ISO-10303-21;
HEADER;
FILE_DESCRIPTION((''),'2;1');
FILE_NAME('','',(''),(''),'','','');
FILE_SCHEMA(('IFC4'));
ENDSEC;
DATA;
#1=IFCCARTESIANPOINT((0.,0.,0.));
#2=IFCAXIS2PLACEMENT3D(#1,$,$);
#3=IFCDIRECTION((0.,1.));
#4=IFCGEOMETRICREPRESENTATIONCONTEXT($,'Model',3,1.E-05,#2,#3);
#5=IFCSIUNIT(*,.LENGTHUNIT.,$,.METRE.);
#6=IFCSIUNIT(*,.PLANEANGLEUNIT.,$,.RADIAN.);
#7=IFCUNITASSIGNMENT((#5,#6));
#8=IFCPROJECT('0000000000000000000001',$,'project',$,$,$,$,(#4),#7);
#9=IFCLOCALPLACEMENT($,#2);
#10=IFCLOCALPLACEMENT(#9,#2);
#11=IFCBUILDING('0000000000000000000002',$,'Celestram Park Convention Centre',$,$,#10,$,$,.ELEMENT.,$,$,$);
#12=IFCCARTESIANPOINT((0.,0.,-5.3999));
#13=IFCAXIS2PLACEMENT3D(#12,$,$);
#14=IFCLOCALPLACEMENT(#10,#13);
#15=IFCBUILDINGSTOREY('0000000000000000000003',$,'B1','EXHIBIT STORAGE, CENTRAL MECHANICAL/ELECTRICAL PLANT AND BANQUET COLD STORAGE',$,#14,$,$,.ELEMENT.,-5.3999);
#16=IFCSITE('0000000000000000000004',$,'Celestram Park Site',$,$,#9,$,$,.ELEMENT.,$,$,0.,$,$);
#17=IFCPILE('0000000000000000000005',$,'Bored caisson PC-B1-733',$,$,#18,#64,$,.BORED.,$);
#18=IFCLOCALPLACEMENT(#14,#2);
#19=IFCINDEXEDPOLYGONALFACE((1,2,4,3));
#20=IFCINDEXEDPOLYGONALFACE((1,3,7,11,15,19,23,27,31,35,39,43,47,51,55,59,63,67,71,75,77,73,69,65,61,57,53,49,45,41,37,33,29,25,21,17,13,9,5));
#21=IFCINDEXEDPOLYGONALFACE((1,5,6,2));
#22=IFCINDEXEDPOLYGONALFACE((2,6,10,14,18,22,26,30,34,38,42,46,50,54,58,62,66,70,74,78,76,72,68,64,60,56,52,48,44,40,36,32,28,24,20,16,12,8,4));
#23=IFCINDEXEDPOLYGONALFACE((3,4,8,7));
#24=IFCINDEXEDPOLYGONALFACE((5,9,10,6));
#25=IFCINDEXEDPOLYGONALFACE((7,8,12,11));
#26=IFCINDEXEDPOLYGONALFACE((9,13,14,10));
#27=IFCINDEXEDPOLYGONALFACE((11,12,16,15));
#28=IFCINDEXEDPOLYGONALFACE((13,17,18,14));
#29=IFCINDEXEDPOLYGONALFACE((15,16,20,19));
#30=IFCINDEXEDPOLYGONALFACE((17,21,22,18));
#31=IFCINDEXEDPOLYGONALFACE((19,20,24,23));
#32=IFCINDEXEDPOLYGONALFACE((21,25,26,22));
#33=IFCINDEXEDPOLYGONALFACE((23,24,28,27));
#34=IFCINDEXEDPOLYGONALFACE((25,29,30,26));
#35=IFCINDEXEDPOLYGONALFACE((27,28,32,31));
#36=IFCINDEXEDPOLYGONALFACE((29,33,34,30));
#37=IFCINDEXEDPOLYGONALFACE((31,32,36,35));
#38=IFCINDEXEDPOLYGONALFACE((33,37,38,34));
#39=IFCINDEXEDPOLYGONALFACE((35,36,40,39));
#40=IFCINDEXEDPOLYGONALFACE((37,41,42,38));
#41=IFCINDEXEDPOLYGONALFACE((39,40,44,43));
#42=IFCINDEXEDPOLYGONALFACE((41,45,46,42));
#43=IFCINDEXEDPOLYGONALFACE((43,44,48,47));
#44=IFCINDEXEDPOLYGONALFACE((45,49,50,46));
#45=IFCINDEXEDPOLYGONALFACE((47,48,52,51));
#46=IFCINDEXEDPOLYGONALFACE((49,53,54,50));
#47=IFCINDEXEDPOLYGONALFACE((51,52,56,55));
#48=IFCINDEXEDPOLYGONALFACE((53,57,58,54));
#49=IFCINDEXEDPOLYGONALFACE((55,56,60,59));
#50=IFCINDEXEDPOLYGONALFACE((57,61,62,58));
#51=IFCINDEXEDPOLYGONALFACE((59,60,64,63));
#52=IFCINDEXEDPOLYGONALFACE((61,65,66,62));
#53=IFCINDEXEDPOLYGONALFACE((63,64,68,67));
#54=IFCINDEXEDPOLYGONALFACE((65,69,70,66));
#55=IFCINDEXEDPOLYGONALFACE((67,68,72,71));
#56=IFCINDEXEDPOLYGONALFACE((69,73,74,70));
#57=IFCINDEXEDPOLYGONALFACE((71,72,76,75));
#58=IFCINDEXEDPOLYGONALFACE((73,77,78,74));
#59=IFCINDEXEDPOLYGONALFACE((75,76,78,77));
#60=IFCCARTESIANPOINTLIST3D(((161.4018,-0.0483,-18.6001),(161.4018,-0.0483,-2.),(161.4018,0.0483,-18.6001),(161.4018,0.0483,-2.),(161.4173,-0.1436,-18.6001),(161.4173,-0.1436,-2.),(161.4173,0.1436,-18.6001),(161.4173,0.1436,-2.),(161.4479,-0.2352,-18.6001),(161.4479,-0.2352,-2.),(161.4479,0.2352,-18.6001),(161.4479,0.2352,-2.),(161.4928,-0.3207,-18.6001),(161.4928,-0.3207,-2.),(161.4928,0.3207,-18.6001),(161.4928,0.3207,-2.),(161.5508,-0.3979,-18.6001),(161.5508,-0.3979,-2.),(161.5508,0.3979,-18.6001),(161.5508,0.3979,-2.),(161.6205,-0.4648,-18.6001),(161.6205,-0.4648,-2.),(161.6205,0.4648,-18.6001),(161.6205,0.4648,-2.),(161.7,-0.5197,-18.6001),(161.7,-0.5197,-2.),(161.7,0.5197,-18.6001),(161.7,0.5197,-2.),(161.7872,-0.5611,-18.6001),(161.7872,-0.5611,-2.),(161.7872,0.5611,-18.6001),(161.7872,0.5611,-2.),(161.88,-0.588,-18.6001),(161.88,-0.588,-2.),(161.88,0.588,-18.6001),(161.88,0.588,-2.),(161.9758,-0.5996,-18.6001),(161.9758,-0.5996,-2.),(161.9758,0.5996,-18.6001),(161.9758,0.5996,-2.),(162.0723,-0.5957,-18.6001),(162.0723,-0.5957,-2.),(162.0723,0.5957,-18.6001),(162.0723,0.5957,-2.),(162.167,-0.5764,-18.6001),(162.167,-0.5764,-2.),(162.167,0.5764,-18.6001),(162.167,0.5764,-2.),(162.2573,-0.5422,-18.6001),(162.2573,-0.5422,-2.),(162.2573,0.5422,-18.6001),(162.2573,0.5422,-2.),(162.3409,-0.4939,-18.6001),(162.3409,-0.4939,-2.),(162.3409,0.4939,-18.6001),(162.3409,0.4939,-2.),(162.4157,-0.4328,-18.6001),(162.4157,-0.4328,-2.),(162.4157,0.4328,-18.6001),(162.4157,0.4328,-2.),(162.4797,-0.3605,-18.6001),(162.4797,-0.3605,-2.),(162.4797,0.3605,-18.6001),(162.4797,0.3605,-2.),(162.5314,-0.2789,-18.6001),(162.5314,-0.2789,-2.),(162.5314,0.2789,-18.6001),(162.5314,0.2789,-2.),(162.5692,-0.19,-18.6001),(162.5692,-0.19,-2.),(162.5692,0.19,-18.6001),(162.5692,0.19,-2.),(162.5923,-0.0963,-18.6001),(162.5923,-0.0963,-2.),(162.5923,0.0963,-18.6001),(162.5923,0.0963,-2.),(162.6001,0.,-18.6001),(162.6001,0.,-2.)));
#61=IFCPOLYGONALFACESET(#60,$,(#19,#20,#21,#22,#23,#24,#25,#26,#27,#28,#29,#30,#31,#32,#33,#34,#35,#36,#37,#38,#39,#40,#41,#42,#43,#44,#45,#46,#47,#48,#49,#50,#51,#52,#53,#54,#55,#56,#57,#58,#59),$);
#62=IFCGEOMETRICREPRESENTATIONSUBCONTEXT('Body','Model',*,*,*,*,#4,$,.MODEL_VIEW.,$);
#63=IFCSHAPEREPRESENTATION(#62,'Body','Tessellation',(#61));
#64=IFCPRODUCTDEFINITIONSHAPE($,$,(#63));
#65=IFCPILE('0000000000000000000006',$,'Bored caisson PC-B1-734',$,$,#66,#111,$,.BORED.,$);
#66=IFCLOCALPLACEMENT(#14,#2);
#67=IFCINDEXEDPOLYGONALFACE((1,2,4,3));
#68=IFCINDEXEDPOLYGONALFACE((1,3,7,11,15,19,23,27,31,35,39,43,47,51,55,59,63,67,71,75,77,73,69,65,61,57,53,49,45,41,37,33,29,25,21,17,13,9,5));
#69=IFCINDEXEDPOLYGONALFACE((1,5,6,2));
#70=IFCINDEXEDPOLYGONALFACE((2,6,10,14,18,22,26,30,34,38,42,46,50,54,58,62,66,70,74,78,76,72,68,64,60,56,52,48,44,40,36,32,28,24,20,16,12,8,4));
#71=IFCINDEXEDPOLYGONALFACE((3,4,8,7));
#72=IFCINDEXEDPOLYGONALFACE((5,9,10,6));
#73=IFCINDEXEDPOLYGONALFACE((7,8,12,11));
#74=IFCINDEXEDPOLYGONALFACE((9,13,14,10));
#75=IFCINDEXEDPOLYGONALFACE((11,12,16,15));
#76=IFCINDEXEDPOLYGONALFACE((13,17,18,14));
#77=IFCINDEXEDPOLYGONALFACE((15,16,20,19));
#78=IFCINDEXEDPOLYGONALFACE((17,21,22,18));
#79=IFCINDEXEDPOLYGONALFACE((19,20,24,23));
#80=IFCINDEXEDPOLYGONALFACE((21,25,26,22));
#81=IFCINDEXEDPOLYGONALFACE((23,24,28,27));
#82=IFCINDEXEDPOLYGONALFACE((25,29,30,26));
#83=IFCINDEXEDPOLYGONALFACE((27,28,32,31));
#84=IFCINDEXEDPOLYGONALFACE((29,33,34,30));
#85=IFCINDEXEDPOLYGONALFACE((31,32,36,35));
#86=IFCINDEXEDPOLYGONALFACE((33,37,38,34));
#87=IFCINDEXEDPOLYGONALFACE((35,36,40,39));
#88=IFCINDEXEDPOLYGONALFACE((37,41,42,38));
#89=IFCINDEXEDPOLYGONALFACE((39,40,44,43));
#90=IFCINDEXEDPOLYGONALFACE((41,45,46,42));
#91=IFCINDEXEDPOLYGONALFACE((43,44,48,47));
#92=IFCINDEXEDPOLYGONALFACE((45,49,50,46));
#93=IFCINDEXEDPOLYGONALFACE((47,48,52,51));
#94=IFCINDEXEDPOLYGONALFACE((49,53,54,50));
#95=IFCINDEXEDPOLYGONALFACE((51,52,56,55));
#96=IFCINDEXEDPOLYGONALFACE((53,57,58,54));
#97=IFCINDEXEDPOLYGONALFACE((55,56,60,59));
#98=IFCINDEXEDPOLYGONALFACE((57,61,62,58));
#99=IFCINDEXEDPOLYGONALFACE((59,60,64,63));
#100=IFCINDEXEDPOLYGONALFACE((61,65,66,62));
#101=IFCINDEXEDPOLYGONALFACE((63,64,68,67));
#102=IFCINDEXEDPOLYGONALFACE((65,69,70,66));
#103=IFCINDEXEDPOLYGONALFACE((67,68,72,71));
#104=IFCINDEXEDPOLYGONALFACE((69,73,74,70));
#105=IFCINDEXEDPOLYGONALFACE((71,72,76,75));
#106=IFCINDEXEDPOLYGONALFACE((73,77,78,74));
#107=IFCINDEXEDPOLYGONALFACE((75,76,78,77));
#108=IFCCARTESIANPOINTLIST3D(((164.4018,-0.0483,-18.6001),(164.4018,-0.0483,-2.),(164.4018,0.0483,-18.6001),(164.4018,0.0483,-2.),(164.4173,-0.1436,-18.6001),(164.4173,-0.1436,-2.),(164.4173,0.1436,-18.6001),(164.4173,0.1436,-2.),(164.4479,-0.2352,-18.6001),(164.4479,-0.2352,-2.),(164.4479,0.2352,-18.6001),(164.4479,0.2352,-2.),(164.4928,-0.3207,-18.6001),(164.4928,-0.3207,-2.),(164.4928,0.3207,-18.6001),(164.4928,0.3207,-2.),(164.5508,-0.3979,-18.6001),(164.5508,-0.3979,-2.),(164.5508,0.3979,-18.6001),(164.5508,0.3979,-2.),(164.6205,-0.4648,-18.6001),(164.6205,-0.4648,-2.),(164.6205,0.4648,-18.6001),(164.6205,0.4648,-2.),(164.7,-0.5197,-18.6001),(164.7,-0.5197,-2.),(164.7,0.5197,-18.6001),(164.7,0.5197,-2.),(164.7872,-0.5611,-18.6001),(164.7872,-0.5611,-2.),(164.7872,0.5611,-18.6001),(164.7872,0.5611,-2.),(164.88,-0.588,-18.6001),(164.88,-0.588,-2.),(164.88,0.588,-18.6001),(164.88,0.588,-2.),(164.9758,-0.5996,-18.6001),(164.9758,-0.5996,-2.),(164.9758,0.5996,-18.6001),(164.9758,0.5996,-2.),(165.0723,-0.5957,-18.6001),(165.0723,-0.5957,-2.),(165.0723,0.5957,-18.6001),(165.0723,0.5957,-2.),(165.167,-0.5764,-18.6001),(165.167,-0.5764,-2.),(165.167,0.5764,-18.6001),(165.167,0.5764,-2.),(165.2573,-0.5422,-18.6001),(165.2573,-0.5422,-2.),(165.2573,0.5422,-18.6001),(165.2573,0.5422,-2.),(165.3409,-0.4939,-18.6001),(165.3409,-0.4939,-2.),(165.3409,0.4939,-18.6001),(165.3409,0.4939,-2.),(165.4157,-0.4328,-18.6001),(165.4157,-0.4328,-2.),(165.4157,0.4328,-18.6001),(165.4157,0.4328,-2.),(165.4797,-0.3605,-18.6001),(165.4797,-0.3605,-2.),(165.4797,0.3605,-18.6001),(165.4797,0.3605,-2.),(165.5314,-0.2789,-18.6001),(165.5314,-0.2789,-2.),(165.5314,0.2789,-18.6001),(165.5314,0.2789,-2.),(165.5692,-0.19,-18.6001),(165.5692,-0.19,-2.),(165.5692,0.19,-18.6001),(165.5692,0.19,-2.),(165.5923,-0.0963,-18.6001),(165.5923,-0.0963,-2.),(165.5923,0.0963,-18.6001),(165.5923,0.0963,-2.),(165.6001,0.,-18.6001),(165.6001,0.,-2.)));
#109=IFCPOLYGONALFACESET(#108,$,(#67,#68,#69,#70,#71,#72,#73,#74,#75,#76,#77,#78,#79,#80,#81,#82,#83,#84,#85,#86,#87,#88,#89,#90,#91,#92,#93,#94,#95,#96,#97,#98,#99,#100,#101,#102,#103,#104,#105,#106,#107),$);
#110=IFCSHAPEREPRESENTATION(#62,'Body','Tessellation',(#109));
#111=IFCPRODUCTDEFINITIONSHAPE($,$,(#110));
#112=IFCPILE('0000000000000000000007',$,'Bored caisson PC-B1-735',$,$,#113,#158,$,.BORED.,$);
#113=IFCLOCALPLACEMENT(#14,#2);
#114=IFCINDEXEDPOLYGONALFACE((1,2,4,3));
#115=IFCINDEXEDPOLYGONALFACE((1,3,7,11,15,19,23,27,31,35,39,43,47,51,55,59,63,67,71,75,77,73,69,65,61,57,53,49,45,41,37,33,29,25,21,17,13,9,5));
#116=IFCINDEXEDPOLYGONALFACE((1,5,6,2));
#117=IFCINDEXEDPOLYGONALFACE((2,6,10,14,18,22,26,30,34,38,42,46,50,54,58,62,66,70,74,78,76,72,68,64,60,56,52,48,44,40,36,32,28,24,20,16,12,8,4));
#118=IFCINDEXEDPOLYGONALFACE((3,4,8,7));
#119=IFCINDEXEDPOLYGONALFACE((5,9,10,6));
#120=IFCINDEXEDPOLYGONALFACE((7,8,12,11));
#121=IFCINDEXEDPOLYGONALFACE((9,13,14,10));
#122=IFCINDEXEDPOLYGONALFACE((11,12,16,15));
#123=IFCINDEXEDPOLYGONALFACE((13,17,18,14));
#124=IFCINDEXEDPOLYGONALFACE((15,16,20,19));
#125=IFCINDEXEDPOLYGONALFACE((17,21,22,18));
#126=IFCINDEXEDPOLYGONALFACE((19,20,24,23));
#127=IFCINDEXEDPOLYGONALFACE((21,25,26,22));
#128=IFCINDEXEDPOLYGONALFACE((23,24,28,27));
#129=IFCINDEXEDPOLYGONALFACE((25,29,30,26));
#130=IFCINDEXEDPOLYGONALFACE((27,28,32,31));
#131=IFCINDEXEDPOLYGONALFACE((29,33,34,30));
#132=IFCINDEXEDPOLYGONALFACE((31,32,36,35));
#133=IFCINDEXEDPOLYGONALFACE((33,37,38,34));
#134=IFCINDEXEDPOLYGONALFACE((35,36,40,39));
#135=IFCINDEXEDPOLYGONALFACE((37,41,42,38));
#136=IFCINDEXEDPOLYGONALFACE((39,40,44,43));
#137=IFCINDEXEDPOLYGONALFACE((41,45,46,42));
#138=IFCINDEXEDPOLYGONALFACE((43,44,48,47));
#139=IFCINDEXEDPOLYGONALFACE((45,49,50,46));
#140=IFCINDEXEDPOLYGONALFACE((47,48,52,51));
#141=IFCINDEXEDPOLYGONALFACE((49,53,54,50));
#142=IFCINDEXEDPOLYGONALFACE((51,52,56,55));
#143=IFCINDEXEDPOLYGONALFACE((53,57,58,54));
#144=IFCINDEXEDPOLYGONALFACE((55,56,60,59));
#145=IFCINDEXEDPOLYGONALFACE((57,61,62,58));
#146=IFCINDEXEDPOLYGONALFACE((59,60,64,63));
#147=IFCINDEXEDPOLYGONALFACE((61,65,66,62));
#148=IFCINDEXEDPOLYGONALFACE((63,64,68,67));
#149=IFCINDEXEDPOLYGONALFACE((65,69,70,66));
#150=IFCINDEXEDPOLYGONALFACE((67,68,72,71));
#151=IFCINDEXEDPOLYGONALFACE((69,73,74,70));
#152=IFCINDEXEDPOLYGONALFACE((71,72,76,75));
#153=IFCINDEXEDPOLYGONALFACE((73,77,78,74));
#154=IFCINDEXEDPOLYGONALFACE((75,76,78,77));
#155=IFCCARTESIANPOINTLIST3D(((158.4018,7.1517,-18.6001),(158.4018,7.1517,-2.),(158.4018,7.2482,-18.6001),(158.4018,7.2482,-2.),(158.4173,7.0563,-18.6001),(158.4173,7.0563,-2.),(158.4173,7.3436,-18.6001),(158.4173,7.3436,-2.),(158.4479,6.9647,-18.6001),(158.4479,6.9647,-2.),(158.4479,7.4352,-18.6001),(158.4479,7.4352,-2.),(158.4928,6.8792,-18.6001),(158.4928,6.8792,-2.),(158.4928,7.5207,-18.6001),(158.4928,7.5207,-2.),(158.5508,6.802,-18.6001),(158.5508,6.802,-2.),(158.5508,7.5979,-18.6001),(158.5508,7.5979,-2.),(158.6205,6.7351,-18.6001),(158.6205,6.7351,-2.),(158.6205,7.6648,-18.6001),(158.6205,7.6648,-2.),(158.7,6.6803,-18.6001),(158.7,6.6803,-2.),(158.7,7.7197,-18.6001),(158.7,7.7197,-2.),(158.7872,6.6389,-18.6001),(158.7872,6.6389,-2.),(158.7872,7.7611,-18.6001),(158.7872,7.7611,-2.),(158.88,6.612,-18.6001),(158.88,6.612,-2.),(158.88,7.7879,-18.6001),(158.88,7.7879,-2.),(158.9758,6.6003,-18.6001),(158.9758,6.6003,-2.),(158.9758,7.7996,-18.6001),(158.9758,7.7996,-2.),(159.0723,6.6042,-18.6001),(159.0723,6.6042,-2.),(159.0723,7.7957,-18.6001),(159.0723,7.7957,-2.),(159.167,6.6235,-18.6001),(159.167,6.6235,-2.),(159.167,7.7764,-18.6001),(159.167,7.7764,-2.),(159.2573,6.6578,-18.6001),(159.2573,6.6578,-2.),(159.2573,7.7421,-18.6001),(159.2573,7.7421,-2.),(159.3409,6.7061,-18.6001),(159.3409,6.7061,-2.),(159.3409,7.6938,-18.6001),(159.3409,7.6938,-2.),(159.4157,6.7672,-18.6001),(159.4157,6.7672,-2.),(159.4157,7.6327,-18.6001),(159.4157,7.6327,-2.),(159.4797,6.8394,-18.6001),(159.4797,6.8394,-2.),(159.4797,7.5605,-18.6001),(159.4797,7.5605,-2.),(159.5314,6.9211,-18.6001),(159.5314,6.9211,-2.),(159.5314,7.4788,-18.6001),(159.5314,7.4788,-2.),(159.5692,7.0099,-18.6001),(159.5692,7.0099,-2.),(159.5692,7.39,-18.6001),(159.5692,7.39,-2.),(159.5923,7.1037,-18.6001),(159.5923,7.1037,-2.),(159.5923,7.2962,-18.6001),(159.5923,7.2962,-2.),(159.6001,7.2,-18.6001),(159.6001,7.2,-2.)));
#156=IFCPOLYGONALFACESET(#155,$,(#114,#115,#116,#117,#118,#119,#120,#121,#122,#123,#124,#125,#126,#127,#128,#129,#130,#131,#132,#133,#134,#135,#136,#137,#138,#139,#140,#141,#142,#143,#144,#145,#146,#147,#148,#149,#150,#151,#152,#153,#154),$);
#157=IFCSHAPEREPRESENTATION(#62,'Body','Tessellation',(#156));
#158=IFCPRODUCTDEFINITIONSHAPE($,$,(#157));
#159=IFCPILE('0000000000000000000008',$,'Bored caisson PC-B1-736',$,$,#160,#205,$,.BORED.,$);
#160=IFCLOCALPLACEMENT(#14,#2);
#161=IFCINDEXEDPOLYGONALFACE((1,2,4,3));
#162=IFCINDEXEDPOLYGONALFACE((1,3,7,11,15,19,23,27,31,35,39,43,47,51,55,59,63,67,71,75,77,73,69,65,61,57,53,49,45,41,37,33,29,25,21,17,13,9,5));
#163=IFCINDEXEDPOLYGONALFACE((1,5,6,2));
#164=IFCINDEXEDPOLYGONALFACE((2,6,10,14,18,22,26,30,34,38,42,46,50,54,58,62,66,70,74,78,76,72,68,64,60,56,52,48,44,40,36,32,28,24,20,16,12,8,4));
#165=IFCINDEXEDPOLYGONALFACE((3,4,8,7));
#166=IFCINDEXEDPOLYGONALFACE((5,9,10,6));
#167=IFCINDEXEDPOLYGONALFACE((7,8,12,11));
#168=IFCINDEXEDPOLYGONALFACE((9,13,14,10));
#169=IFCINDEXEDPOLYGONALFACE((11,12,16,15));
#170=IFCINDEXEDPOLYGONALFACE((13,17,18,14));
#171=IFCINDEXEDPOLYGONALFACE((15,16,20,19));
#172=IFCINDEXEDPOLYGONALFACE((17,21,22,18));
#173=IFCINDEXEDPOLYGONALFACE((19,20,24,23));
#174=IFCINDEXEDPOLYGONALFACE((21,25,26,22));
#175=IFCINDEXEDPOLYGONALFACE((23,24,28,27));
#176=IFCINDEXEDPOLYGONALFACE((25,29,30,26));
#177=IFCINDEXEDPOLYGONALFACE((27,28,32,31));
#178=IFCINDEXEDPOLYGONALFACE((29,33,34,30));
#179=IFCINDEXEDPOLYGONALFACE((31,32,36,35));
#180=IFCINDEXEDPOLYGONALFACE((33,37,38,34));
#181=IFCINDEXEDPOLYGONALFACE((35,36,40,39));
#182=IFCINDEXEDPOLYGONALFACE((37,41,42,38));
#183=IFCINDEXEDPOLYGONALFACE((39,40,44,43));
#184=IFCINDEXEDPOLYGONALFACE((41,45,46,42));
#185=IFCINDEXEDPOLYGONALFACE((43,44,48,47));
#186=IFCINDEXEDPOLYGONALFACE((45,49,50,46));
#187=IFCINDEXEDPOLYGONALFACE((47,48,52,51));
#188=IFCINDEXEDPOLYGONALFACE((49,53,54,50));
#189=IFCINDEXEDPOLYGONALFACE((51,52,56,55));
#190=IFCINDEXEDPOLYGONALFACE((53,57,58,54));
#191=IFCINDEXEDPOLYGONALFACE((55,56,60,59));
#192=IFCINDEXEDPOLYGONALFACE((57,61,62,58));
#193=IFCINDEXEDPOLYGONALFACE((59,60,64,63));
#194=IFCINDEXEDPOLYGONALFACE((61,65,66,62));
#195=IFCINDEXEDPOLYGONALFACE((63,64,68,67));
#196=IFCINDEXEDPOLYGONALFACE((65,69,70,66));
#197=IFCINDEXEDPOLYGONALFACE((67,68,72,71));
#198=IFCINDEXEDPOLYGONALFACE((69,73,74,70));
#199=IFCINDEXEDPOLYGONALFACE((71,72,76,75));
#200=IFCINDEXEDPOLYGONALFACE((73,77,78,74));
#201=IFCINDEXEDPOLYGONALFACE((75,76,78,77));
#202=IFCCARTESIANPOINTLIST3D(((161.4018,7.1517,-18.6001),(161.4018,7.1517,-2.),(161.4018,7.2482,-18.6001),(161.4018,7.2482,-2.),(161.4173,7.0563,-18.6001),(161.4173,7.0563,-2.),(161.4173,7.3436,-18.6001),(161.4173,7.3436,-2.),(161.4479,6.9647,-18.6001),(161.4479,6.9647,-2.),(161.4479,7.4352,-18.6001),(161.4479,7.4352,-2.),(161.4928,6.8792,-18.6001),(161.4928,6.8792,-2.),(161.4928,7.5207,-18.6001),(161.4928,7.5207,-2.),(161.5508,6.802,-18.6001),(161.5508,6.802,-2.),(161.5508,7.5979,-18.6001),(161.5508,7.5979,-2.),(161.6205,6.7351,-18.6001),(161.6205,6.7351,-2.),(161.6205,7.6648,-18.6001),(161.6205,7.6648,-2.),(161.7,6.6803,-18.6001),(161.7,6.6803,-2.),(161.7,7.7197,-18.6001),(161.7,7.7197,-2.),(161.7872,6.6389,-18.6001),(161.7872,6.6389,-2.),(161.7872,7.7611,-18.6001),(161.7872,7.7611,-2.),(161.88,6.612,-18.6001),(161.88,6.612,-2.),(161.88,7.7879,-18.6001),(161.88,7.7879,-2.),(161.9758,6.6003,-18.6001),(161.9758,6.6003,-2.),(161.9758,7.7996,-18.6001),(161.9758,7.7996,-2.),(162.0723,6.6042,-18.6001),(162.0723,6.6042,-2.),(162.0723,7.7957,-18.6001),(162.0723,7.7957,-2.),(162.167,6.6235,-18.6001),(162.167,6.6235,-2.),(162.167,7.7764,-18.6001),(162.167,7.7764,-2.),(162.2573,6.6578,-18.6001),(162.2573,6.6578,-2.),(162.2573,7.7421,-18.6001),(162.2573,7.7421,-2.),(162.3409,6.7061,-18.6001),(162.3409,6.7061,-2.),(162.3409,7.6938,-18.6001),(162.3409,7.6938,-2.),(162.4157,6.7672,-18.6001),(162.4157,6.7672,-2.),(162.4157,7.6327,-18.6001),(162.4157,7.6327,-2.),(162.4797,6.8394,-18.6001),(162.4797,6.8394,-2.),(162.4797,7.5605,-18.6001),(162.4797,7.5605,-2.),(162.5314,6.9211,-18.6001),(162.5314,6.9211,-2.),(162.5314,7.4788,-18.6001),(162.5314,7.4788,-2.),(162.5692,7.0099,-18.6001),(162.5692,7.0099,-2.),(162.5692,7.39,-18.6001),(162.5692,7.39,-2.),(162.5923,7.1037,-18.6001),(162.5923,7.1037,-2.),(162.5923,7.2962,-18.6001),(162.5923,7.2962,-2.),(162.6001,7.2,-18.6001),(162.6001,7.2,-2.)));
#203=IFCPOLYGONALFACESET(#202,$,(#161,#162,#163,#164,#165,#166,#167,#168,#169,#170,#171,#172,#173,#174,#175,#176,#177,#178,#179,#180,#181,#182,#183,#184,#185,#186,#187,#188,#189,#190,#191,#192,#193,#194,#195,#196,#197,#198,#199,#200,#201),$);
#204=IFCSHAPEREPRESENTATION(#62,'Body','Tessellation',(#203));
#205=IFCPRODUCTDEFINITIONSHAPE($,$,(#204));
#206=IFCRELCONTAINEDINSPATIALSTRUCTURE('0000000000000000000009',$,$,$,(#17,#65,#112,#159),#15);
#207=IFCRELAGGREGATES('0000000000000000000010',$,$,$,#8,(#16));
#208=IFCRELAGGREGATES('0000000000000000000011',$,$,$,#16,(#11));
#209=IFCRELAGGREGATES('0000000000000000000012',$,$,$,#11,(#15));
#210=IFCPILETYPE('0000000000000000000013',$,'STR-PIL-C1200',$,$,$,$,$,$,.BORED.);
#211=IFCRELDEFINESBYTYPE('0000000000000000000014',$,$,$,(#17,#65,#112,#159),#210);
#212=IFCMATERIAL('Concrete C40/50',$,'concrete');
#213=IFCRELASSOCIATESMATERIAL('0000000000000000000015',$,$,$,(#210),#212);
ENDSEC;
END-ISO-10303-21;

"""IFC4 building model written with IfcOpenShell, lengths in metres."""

from ifc_helpers import new_model, si_unit, direction, frame, origin, origin_2d, place, context, subcontext, project, spatial, circle, extrude, material, material_profile, profile_set, type_object, element, save


model = new_model("IFC4")

# Units and contexts
model_context = context("Model", 3, precision=1e-05, world=origin(), true_north=direction((0.0, 1.0)))
body_context = subcontext(model_context, "Body", "Model", "MODEL_VIEW")
ifc_project = project(units=[si_unit("LENGTHUNIT", "METRE"), si_unit("PLANEANGLEUNIT", "RADIAN")], contexts=[model_context])

# Site, building, storey
site_placement = place(None, origin())
site = spatial("IfcSite", under=ifc_project, at=site_placement, Name="Celestram Park Site", CompositionType="ELEMENT", RefElevation=0.0)
building_placement = place(site_placement, origin())
building = spatial("IfcBuilding", under=site, at=building_placement, Name="Celestram Park Convention Centre", CompositionType="ELEMENT")
storey_placement = place(building_placement, frame((0.0, 0.0, -5.3999)))
storey = spatial("IfcBuildingStorey", under=building, at=storey_placement, Name="B1", Description="EXHIBIT STORAGE, CENTRAL MECHANICAL/ELECTRICAL PLANT AND BANQUET COLD STORAGE", CompositionType="ELEMENT", Elevation=-5.3999)

# Shared definitions
ifc_material_1 = material(Name="Concrete C40/50", Category="concrete")

# Piles
ifc_material_profile_1 = material_profile(ifc_material_1, circle(Radius=0.6001, at=origin_2d()), Name="CAISSON1200")
ifc_profile_set_1 = profile_set([ifc_material_profile_1], Name="Concrete C40/50")
pile_type_1 = type_object("IfcPileType", Name="STR-PIL-C1200", PredefinedType="BORED", material=ifc_profile_set_1)
for number, where, z_axis, x_axis, name in (
    (1, (162.0, 0.0, -2.0), (0.0, 0.0, -1.0), (1.0, 0.0, 0.0), "Bored caisson PC-B1-733"),
    (2, (165.0, 0.0, -2.0), (0.0, 0.0, -1.0), (1.0, 0.0, 0.0), "Bored caisson PC-B1-734"),
    (3, (159.0, 7.2, -2.0), (0.0, 0.0, -1.0), (1.0, 0.0, 0.0), "Bored caisson PC-B1-735"),
    (4, (162.0, 7.2, -2.0), (0.0, 0.0, -1.0), (1.0, 0.0, 0.0), "Bored caisson PC-B1-736"),
):
    element("IfcPile", number, at=place(storey_placement, frame(where, z_axis=z_axis, x_axis=x_axis)), inside=storey, type_object=pile_type_1, Name=name, PredefinedType="BORED", context=body_context, shape_type="SweptSolid", body=[
        extrude(circle(Radius=0.6001, at=origin_2d()), origin(), (0.0, 0.0, 1.0), 16.6001),
    ])

save(model, "model.ifc")
